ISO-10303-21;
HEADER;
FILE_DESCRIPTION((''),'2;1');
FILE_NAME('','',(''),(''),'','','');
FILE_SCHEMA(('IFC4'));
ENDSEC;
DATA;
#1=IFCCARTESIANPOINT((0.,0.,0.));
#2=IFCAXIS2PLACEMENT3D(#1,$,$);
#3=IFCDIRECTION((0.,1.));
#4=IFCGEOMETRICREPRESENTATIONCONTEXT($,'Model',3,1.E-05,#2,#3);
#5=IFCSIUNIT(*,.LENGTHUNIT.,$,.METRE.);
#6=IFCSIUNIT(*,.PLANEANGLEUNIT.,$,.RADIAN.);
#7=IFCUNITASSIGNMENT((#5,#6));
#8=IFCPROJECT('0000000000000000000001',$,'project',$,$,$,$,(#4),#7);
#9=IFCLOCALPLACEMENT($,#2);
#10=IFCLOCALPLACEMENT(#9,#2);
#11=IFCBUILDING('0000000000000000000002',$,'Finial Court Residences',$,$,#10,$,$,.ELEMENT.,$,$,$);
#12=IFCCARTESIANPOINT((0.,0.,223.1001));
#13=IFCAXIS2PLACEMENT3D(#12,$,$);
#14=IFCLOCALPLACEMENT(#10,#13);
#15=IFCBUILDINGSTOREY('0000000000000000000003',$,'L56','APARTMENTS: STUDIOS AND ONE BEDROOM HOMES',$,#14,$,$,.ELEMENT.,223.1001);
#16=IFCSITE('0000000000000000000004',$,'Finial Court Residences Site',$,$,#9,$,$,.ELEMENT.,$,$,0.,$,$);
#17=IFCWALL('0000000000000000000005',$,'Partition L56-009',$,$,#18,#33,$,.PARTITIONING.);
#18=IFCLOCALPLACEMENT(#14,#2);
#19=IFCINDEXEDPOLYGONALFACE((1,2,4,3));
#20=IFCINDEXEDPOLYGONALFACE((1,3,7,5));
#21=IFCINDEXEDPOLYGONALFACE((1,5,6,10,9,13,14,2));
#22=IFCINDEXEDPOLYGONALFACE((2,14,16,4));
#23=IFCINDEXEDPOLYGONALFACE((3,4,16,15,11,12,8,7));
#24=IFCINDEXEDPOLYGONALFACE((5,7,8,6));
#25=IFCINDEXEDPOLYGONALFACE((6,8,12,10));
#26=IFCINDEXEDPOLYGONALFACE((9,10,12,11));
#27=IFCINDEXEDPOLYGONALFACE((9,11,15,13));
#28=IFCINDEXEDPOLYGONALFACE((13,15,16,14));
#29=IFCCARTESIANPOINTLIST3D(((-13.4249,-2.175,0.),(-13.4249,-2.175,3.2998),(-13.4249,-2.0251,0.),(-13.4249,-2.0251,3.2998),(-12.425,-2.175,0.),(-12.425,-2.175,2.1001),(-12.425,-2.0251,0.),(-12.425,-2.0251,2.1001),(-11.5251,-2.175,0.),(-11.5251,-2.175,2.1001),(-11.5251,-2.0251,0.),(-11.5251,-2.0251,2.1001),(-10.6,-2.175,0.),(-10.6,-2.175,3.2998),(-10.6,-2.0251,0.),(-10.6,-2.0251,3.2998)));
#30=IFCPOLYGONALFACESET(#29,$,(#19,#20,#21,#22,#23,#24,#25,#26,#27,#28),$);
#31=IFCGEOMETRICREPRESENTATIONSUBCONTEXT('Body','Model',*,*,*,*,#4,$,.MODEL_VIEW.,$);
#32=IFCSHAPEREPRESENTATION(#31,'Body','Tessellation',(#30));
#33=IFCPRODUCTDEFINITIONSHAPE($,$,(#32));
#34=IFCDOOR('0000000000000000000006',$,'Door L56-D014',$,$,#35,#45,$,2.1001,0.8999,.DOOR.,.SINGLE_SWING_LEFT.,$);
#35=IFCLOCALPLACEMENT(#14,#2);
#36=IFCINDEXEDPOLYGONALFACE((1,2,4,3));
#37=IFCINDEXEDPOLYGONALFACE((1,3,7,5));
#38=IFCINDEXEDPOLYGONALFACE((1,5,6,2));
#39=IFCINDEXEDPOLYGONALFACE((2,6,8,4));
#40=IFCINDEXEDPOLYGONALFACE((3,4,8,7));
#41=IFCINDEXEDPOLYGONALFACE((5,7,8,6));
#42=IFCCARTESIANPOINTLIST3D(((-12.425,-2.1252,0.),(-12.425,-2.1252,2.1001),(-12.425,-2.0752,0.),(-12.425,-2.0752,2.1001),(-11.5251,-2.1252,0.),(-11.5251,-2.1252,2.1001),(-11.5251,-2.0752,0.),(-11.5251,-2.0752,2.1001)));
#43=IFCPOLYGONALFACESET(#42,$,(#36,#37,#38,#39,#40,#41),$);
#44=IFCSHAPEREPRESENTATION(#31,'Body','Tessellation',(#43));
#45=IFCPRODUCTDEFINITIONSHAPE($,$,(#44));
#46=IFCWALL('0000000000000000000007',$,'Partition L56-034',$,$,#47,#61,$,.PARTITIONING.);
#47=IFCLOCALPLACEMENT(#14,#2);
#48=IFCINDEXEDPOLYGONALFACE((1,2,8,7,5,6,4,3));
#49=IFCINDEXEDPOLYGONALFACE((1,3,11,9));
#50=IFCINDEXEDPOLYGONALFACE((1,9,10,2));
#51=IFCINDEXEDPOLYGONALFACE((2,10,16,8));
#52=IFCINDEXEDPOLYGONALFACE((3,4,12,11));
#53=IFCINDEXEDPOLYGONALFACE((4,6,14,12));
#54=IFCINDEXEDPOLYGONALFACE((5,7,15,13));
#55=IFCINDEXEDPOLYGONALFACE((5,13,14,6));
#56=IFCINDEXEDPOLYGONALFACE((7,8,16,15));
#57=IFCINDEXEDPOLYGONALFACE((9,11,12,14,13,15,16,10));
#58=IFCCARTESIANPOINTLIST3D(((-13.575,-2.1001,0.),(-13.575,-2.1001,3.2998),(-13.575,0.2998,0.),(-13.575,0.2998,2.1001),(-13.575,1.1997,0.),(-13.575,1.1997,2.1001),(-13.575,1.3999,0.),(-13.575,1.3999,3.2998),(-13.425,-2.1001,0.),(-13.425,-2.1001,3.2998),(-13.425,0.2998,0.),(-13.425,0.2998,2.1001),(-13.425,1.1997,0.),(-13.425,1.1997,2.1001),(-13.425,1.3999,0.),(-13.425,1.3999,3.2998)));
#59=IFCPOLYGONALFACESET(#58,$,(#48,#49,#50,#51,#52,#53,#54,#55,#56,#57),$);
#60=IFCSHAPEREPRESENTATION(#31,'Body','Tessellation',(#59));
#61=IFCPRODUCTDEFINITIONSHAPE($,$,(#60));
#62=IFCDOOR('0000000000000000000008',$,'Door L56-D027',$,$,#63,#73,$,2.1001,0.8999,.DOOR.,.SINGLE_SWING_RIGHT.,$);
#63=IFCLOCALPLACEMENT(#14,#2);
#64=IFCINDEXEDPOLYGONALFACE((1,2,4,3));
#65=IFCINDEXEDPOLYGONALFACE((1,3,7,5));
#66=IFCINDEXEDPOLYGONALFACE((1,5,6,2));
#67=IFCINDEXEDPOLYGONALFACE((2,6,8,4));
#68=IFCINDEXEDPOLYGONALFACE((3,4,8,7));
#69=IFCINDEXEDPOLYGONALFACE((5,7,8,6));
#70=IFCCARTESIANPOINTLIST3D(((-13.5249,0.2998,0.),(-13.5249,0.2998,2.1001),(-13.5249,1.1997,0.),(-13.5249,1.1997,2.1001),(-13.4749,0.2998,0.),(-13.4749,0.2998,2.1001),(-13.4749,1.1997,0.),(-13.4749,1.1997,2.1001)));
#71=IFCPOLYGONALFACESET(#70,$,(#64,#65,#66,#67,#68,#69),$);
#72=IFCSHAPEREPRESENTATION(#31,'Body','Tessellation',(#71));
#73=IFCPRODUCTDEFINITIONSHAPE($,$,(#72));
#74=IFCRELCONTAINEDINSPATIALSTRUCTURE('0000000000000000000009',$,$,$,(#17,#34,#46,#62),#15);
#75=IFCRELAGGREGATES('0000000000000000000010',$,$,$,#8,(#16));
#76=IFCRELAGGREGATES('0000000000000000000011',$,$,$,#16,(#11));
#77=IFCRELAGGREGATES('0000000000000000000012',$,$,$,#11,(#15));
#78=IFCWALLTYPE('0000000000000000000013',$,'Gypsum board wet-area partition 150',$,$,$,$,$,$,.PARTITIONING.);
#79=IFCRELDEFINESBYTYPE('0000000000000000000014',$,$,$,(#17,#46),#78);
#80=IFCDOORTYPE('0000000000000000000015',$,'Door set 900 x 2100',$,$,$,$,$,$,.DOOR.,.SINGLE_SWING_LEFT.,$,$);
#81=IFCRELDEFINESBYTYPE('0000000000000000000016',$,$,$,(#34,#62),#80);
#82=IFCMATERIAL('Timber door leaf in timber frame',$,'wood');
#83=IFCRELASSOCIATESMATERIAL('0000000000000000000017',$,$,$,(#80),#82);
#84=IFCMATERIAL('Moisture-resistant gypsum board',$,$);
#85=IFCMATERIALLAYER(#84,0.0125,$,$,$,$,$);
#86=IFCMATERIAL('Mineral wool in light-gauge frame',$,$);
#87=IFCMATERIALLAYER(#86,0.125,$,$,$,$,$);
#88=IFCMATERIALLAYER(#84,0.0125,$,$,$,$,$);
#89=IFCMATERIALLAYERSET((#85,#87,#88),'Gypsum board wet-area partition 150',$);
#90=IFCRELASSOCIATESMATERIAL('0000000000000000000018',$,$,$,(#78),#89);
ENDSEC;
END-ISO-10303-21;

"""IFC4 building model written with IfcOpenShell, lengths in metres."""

from ifc_helpers import new_model, si_unit, direction, frame, frame_2d, origin, place, context, subcontext, project, spatial, rectangle, extrude, material, layer, layer_set, type_object, element, fill, save


model = new_model("IFC4")

# Units and contexts
model_context = context("Model", 3, precision=1e-05, world=origin(), true_north=direction((0.0, 1.0)))
body_context = subcontext(model_context, "Body", "Model", "MODEL_VIEW")
ifc_project = project(units=[si_unit("LENGTHUNIT", "METRE"), si_unit("PLANEANGLEUNIT", "RADIAN")], contexts=[model_context])

# Site, building, storey
site_placement = place(None, origin())
site = spatial("IfcSite", under=ifc_project, at=site_placement, Name="Finial Court Residences Site", CompositionType="ELEMENT", RefElevation=0.0)
building_placement = place(site_placement, origin())
building = spatial("IfcBuilding", under=site, at=building_placement, Name="Finial Court Residences", CompositionType="ELEMENT")
storey_placement = place(building_placement, frame((0.0, 0.0, 223.1001)))
storey = spatial("IfcBuildingStorey", under=building, at=storey_placement, Name="L56", Description="APARTMENTS: STUDIOS AND ONE BEDROOM HOMES", CompositionType="ELEMENT", Elevation=223.1001)

# Shared definitions
ifc_material_1 = material(Name="Mineral wool in light-gauge frame")
ifc_material_2 = material(Name="Timber door leaf in timber frame", Category="wood")
door_type_1 = type_object("IfcDoorType", Name="Door set 900 x 2100", OperationType="SINGLE_SWING_LEFT", PredefinedType="DOOR", material=ifc_material_2)

# Walls, openings, doors
ifc_material_3 = material(Name="Moisture-resistant gypsum board")
ifc_layer_1 = layer(ifc_material_3, 0.0125)
ifc_layer_2 = layer(ifc_material_1, 0.125)
ifc_layer_3 = layer(ifc_material_3, 0.0125)
ifc_layer_set_1 = layer_set([ifc_layer_1, ifc_layer_2, ifc_layer_3], Name="Gypsum board wet-area partition 150")
wall_type_1 = type_object("IfcWallType", Name="Gypsum board wet-area partition 150", PredefinedType="PARTITIONING", material=ifc_layer_set_1)
wall_1_placement = place(storey_placement, frame((-13.425, -2.1001, 0.0), z_axis=(0.0, 0.0, 1.0), x_axis=(1.0, 0.0, 0.0)))
wall_1 = element("IfcWall", 1, at=wall_1_placement, inside=storey, type_object=wall_type_1, Name="Partition L56-009", PredefinedType="PARTITIONING", context=body_context, shape_type="SweptSolid", body=[
    extrude(rectangle(XDim=2.825, YDim=0.1499, at=frame_2d((1.4126, 0.0))), origin(), (0.0, 0.0, 1.0), 3.2998),
])
opening_1_placement = place(wall_1_placement, frame((1.0, 0.0, 0.0)))
opening_1 = element("IfcOpeningElement", 2, at=opening_1_placement, cuts=wall_1, PredefinedType="OPENING", context=body_context, shape_type="SweptSolid", body=[
    extrude(rectangle(XDim=0.8999, YDim=2.1001, at=frame_2d((0.45, 1.05))), frame((0.0, 0.085, 0.0), z_axis=(0.0, -1.0, 0.0), x_axis=(1.0, 0.0, 0.0)), (0.0, 0.0, 1.0), 0.1699),
])
door_1_placement = place(opening_1_placement, origin())
door_1 = element("IfcDoor", 3, at=door_1_placement, inside=storey, type_object=door_type_1, Name="Door L56-D014", OperationType="SINGLE_SWING_LEFT", OverallHeight=2.1001, OverallWidth=0.8999, PredefinedType="DOOR", context=body_context, shape_type="SweptSolid", body=[
    extrude(rectangle(XDim=0.8999, YDim=2.1001, at=frame_2d((0.45, 1.05))), frame((0.0, 0.0249, 0.0), z_axis=(0.0, -1.0, 0.0), x_axis=(1.0, 0.0, 0.0)), (0.0, 0.0, 1.0), 0.05),
])
fill(opening_1, door_1)
wall_2_placement = place(storey_placement, frame((-13.5, -2.1001, 0.0), z_axis=(0.0, 0.0, 1.0), x_axis=(0.0, 1.0, 0.0)))
wall_2 = element("IfcWall", 4, at=wall_2_placement, inside=storey, type_object=wall_type_1, Name="Partition L56-034", PredefinedType="PARTITIONING", context=body_context, shape_type="SweptSolid", body=[
    extrude(rectangle(XDim=3.5, YDim=0.1499, at=frame_2d((1.75, 0.0))), origin(), (0.0, 0.0, 1.0), 3.2998),
])
opening_2_placement = place(wall_2_placement, frame((2.3999, 0.0, 0.0)))
opening_2 = element("IfcOpeningElement", 5, at=opening_2_placement, cuts=wall_2, PredefinedType="OPENING", context=body_context, shape_type="SweptSolid", body=[
    extrude(rectangle(XDim=0.8999, YDim=2.1001, at=frame_2d((0.45, 1.05))), frame((0.0, 0.085, 0.0), z_axis=(0.0, -1.0, 0.0), x_axis=(1.0, 0.0, 0.0)), (0.0, 0.0, 1.0), 0.1699),
])
door_2_placement = place(opening_2_placement, origin())
door_2 = element("IfcDoor", 6, at=door_2_placement, inside=storey, type_object=door_type_1, Name="Door L56-D027", OperationType="SINGLE_SWING_RIGHT", OverallHeight=2.1001, OverallWidth=0.8999, PredefinedType="DOOR", context=body_context, shape_type="SweptSolid", body=[
    extrude(rectangle(XDim=0.8999, YDim=2.1001, at=frame_2d((0.45, 1.05))), frame((0.0, 0.0249, 0.0), z_axis=(0.0, -1.0, 0.0), x_axis=(1.0, 0.0, 0.0)), (0.0, 0.0, 1.0), 0.05),
])
fill(opening_2, door_2)

save(model, "model.ifc")
